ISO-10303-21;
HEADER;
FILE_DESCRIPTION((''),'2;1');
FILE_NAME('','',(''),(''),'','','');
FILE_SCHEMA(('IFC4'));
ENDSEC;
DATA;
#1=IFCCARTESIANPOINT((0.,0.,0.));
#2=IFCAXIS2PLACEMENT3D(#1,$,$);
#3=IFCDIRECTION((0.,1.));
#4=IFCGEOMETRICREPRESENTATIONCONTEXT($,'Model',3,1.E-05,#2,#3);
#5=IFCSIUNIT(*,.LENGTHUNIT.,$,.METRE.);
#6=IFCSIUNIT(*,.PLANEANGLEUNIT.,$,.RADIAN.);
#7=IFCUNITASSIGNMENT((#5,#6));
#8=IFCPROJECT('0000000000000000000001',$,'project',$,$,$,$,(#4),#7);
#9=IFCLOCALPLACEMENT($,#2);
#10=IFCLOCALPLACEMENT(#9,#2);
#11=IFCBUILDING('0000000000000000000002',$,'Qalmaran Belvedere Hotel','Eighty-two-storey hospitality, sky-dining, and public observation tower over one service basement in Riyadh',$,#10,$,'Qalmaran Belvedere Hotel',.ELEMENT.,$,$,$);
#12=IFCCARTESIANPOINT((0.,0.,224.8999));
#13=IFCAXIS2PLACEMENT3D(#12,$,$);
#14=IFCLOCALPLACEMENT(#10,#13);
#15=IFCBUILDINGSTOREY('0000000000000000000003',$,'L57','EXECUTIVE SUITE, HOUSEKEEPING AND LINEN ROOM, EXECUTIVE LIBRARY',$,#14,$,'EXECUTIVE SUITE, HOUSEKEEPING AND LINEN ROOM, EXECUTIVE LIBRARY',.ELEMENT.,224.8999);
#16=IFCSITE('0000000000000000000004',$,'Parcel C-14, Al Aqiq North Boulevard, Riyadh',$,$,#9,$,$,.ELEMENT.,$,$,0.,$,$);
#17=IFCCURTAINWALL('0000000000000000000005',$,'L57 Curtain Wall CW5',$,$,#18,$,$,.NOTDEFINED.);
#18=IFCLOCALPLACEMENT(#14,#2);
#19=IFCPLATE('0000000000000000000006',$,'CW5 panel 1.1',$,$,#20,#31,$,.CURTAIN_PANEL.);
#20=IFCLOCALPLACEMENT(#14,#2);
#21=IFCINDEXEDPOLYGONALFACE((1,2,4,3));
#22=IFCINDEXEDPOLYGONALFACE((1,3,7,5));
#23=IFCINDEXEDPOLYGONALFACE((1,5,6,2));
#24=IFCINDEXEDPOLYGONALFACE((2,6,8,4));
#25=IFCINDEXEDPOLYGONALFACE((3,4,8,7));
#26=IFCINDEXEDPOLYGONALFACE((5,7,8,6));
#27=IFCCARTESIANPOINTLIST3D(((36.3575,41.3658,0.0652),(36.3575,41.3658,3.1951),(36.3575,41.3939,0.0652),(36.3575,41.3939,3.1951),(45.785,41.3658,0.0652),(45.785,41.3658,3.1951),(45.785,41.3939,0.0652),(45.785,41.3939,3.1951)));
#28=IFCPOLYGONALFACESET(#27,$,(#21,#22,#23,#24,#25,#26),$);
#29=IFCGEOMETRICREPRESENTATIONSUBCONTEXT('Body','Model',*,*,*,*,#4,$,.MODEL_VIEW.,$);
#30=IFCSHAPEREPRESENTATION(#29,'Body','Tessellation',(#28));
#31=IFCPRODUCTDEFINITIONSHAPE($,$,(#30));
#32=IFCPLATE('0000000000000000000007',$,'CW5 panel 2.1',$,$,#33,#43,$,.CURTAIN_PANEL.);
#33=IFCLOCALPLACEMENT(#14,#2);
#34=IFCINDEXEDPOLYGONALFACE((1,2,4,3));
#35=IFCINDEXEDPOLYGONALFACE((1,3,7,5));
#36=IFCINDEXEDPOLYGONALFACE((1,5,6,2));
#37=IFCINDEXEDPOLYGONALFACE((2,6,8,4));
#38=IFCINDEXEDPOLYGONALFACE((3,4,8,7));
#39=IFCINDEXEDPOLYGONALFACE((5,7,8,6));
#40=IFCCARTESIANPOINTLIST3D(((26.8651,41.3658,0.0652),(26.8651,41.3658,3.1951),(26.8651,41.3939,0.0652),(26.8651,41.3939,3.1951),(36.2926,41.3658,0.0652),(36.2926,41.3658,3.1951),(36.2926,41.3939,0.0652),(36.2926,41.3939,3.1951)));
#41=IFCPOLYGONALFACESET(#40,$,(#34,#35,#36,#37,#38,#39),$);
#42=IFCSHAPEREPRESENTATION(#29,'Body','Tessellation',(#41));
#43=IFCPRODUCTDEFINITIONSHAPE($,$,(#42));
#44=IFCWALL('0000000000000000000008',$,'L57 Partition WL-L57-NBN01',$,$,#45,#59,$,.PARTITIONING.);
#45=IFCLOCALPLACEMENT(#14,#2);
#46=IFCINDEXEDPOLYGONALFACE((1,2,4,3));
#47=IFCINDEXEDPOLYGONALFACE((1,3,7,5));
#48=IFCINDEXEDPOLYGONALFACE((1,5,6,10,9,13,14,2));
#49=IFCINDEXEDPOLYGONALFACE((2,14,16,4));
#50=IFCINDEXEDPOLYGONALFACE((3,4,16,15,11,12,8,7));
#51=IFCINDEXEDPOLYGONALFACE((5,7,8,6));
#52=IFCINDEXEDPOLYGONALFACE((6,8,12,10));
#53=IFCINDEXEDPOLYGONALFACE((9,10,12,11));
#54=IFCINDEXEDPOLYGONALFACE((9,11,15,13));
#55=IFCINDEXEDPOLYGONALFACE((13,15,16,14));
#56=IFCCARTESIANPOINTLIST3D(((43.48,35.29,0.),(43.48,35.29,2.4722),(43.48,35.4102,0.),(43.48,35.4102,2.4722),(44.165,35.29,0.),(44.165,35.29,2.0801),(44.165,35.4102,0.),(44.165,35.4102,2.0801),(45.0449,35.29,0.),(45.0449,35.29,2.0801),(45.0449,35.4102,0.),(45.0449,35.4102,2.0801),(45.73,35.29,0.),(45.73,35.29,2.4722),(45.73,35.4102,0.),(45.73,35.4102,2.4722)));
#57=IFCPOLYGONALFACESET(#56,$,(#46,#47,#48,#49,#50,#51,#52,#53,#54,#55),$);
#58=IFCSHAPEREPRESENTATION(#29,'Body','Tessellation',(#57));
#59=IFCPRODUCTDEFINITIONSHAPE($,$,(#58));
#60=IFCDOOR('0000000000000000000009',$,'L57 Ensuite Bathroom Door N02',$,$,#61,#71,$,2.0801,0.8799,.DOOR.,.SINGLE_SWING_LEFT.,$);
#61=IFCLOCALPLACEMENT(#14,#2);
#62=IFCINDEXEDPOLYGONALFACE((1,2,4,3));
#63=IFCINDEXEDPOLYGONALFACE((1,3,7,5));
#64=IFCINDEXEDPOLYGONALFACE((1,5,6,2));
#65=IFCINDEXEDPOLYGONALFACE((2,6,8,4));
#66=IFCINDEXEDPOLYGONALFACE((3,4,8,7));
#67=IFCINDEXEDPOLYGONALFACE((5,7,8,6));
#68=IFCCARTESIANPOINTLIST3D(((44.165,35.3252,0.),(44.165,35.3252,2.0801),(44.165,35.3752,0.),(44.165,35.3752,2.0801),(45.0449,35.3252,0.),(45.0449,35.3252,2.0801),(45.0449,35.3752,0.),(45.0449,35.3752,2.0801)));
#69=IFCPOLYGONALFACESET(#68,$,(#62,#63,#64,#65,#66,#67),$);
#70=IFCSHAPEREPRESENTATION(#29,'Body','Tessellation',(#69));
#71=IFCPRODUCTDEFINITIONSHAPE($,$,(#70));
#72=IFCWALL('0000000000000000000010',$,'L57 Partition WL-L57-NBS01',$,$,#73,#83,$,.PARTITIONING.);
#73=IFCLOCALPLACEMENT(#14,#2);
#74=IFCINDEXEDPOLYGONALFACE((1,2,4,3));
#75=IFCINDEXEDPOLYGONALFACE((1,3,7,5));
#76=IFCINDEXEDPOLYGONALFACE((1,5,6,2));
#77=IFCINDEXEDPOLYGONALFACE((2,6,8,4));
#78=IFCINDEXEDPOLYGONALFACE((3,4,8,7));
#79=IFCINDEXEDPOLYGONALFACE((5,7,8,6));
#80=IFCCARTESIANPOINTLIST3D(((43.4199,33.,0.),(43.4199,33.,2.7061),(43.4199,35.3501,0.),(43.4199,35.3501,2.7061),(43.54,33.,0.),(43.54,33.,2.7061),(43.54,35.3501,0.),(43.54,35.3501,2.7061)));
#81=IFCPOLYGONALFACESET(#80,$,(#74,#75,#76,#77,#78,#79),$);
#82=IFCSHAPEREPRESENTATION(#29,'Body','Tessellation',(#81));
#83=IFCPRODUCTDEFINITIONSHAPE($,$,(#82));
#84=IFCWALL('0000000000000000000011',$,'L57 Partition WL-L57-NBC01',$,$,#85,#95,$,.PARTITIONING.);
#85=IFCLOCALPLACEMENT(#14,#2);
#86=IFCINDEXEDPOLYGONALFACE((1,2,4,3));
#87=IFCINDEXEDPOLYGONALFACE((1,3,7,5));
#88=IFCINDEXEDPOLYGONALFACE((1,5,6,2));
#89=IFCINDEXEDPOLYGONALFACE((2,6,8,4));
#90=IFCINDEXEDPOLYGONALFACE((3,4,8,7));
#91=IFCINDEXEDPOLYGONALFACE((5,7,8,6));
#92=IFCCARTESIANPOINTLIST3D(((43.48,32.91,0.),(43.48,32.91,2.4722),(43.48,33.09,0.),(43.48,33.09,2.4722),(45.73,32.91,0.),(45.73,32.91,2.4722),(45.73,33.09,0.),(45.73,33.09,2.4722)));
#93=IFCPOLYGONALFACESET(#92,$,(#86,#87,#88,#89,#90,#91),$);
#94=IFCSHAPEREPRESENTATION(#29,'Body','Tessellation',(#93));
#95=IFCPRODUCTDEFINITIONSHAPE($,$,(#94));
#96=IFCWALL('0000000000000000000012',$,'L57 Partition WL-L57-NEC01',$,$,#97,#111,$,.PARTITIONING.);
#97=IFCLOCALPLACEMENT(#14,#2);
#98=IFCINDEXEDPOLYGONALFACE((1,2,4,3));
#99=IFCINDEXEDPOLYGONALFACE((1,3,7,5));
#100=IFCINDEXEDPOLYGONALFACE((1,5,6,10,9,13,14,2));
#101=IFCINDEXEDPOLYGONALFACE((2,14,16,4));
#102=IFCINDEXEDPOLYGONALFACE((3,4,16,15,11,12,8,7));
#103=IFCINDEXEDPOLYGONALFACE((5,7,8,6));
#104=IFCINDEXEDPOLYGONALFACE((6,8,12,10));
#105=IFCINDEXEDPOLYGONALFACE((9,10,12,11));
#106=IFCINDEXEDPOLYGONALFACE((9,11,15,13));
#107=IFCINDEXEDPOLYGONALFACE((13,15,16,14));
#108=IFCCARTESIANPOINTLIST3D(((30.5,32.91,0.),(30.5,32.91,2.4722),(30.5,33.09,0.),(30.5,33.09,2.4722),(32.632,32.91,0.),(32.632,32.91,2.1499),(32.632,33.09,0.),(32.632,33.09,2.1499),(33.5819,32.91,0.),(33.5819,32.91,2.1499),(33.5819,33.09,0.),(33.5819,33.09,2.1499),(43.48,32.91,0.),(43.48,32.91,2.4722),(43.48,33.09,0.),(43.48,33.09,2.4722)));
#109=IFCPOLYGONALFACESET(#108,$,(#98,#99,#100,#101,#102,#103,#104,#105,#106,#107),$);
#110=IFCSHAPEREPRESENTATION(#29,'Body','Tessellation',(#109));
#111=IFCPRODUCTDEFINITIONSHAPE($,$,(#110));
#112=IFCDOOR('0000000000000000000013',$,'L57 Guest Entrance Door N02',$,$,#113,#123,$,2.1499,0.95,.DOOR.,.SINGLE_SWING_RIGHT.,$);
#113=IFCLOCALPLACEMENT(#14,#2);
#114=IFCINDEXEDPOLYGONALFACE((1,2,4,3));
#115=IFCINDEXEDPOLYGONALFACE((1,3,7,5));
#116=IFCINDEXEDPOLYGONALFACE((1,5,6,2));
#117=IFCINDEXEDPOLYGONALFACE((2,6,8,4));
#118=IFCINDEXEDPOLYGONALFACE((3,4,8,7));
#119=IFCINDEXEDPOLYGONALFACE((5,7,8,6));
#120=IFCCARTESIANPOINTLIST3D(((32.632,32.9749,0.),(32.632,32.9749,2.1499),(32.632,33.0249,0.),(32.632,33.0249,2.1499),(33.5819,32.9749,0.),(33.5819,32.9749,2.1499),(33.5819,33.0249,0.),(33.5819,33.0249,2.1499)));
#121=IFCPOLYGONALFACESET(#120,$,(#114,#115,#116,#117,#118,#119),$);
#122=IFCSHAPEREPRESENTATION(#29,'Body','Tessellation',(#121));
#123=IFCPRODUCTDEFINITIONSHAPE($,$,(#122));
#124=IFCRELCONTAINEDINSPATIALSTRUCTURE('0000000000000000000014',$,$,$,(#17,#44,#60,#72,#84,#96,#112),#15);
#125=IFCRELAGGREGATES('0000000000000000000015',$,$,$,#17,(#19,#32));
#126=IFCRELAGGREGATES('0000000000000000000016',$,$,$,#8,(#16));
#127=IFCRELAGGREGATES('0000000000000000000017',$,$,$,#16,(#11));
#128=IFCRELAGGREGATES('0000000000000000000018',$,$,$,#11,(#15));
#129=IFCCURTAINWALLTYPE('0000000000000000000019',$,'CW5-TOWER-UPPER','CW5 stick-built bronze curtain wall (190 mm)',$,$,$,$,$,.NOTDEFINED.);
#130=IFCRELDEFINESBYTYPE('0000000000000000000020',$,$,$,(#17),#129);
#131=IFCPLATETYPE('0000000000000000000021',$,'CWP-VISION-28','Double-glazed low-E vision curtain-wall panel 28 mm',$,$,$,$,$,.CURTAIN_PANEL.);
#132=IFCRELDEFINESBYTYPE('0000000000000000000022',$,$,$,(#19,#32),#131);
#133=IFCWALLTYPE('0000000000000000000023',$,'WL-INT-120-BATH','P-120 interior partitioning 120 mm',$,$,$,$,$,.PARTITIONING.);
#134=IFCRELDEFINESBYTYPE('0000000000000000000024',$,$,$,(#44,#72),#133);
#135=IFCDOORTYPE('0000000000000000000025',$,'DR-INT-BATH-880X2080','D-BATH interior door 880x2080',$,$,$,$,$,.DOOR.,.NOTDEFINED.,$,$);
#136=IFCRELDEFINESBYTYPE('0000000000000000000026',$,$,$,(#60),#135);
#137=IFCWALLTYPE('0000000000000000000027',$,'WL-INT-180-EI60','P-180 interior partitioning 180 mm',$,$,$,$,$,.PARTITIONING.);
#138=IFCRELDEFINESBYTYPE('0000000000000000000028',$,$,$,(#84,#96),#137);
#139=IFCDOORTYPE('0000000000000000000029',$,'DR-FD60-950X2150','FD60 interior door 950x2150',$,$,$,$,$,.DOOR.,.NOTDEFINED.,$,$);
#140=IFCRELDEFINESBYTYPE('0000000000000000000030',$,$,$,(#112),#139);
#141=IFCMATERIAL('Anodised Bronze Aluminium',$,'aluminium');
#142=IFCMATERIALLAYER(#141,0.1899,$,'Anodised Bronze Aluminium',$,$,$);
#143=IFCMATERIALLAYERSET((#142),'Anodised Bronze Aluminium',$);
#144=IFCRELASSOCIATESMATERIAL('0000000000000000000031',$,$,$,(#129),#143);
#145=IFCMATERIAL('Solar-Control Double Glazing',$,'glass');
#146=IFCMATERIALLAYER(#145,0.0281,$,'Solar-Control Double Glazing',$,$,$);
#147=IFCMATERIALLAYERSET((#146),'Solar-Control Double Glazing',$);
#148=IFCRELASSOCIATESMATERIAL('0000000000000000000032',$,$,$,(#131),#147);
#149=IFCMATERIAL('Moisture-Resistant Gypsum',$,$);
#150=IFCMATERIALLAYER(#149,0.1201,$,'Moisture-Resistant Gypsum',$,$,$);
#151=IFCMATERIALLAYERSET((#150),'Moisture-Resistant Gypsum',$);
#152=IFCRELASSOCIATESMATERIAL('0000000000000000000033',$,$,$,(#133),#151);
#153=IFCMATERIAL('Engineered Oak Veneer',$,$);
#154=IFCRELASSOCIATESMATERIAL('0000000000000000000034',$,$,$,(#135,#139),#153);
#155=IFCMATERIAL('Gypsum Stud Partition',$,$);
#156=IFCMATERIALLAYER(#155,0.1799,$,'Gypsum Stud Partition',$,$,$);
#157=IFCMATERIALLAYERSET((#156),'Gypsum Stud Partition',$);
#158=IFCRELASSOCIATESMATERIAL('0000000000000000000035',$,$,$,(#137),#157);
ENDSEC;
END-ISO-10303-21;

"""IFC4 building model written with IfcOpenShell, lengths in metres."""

from ifc_helpers import new_model, si_unit, direction, frame, frame_2d, origin, origin_2d, place, context, subcontext, project, spatial, rectangle, extrude, material, layer, layer_set, type_object, element, fill, aggregate, save


model = new_model("IFC4")

# Units and contexts
model_context = context("Model", 3, precision=1e-05, world=origin(), true_north=direction((0.0, 1.0)))
body_context = subcontext(model_context, "Body", "Model", "MODEL_VIEW")
ifc_project = project(units=[si_unit("LENGTHUNIT", "METRE"), si_unit("PLANEANGLEUNIT", "RADIAN")], contexts=[model_context])

# Site, building, storey
site_placement = place(None, origin())
site = spatial("IfcSite", under=ifc_project, at=site_placement, Name="Parcel C-14, Al Aqiq North Boulevard, Riyadh", CompositionType="ELEMENT", RefElevation=0.0)
building_placement = place(site_placement, origin())
building = spatial("IfcBuilding", under=site, at=building_placement, Name="Qalmaran Belvedere Hotel", Description="Eighty-two-storey hospitality, sky-dining, and public observation tower over one service basement in Riyadh", LongName="Qalmaran Belvedere Hotel", CompositionType="ELEMENT")
storey_placement = place(building_placement, frame((0.0, 0.0, 224.8999)))
storey = spatial("IfcBuildingStorey", under=building, at=storey_placement, Name="L57", Description="EXECUTIVE SUITE, HOUSEKEEPING AND LINEN ROOM, EXECUTIVE LIBRARY", LongName="EXECUTIVE SUITE, HOUSEKEEPING AND LINEN ROOM, EXECUTIVE LIBRARY", CompositionType="ELEMENT", Elevation=224.8999)

# Curtain wall, plates
ifc_material_1 = material(Name="Anodised Bronze Aluminium", Category="aluminium")
ifc_layer_1 = layer(ifc_material_1, 0.1899, Name="Anodised Bronze Aluminium")
ifc_layer_set_1 = layer_set([ifc_layer_1], Name="Anodised Bronze Aluminium")
curtain_wall_type = type_object("IfcCurtainWallType", Name="CW5-TOWER-UPPER", Description="CW5 stick-built bronze curtain wall (190 mm)", PredefinedType="NOTDEFINED", material=ifc_layer_set_1)
curtain_wall_placement = place(storey_placement, origin())
curtain_wall = element("IfcCurtainWall", 1, at=curtain_wall_placement, inside=storey, type_object=curtain_wall_type, Name="L57 Curtain Wall CW5", PredefinedType="NOTDEFINED")
ifc_material_2 = material(Name="Solar-Control Double Glazing", Category="glass")
ifc_layer_2 = layer(ifc_material_2, 0.0281, Name="Solar-Control Double Glazing")
ifc_layer_set_2 = layer_set([ifc_layer_2], Name="Solar-Control Double Glazing")
plate_type = type_object("IfcPlateType", Name="CWP-VISION-28", Description="Double-glazed low-E vision curtain-wall panel 28 mm", PredefinedType="CURTAIN_PANEL", material=ifc_layer_set_2)
plate_1_placement = place(storey_placement, frame((41.0713, 41.3799, 0.0652), z_axis=(0.0, 0.0, 1.0), x_axis=(-1.0, 0.0, 0.0)))
plate_1 = element("IfcPlate", 2, at=plate_1_placement, type_object=plate_type, Name="CW5 panel 1.1", PredefinedType="CURTAIN_PANEL", context=body_context, shape_type="SweptSolid", body=[
    extrude(rectangle(XDim=9.4275, YDim=0.0281, at=origin_2d()), origin(), (0.0, 0.0, 1.0), 3.1299),
])
plate_2_placement = place(storey_placement, frame((31.5789, 41.3799, 0.0652), z_axis=(0.0, 0.0, 1.0), x_axis=(-1.0, 0.0, 0.0)))
plate_2 = element("IfcPlate", 3, at=plate_2_placement, type_object=plate_type, Name="CW5 panel 2.1", PredefinedType="CURTAIN_PANEL", context=body_context, shape_type="SweptSolid", body=[
    extrude(rectangle(XDim=9.4275, YDim=0.0281, at=origin_2d()), origin(), (0.0, 0.0, 1.0), 3.1299),
])
aggregate(curtain_wall, [plate_1, plate_2])

# Wall, opening, door
ifc_material_3 = material(Name="Moisture-Resistant Gypsum")
ifc_layer_3 = layer(ifc_material_3, 0.1201, Name="Moisture-Resistant Gypsum")
ifc_layer_set_3 = layer_set([ifc_layer_3], Name="Moisture-Resistant Gypsum")
wall_type_1 = type_object("IfcWallType", Name="WL-INT-120-BATH", Description="P-120 interior partitioning 120 mm", PredefinedType="PARTITIONING", material=ifc_layer_set_3)
wall_1_placement = place(storey_placement, frame((43.48, 35.3501, 0.0), z_axis=(0.0, 0.0, 1.0), x_axis=(1.0, 0.0, 0.0)))
wall_1 = element("IfcWall", 4, at=wall_1_placement, inside=storey, type_object=wall_type_1, Name="L57 Partition WL-L57-NBN01", PredefinedType="PARTITIONING", context=body_context, shape_type="SweptSolid", body=[
    extrude(rectangle(XDim=2.25, YDim=0.1201, at=frame_2d((1.125, 0.0))), origin(), (0.0, 0.0, 1.0), 2.4722),
])
opening_1_placement = place(wall_1_placement, frame((1.5649, 0.0, 0.0), z_axis=(0.0, 0.0, 1.0), x_axis=(-1.0, 0.0, 0.0)))
opening_1 = element("IfcOpeningElement", 5, at=opening_1_placement, cuts=wall_1, PredefinedType="OPENING", context=body_context, shape_type="SweptSolid", body=[
    extrude(rectangle(XDim=0.8799, YDim=2.0801, at=frame_2d((0.4399, 1.04))), frame((0.0, 0.0701, 0.0), z_axis=(0.0, -1.0, 0.0), x_axis=(1.0, 0.0, 0.0)), (0.0, 0.0, 1.0), 0.1401),
])
ifc_material_4 = material(Name="Engineered Oak Veneer")
door_type_1 = type_object("IfcDoorType", Name="DR-INT-BATH-880X2080", Description="D-BATH interior door 880x2080", OperationType="NOTDEFINED", PredefinedType="DOOR", material=ifc_material_4)
door_1_placement = place(opening_1_placement, origin())
door_1 = element("IfcDoor", 6, at=door_1_placement, inside=storey, type_object=door_type_1, Name="L57 Ensuite Bathroom Door N02", OperationType="SINGLE_SWING_LEFT", OverallHeight=2.0801, OverallWidth=0.8799, PredefinedType="DOOR", context=body_context, shape_type="SweptSolid", body=[
    extrude(rectangle(XDim=0.8799, YDim=2.0801, at=frame_2d((0.4399, 1.04))), frame((0.0, 0.0249, 0.0), z_axis=(0.0, -1.0, 0.0), x_axis=(1.0, 0.0, 0.0)), (0.0, 0.0, 1.0), 0.05),
])
fill(opening_1, door_1)

# Walls
wall_2_placement = place(storey_placement, frame((43.48, 33.0, 0.0), z_axis=(0.0, 0.0, 1.0), x_axis=(0.0, 1.0, 0.0)))
element("IfcWall", 7, at=wall_2_placement, inside=storey, type_object=wall_type_1, Name="L57 Partition WL-L57-NBS01", PredefinedType="PARTITIONING", context=body_context, shape_type="SweptSolid", body=[
    extrude(rectangle(XDim=2.3501, YDim=0.1201, at=frame_2d((1.175, 0.0))), origin(), (0.0, 0.0, 1.0), 2.7061),
])
ifc_material_5 = material(Name="Gypsum Stud Partition")
ifc_layer_4 = layer(ifc_material_5, 0.1799, Name="Gypsum Stud Partition")
ifc_layer_set_4 = layer_set([ifc_layer_4], Name="Gypsum Stud Partition")
wall_type_2 = type_object("IfcWallType", Name="WL-INT-180-EI60", Description="P-180 interior partitioning 180 mm", PredefinedType="PARTITIONING", material=ifc_layer_set_4)
wall_3_placement = place(storey_placement, frame((43.48, 33.0, 0.0), z_axis=(0.0, 0.0, 1.0), x_axis=(1.0, 0.0, 0.0)))
element("IfcWall", 8, at=wall_3_placement, inside=storey, type_object=wall_type_2, Name="L57 Partition WL-L57-NBC01", PredefinedType="PARTITIONING", context=body_context, shape_type="SweptSolid", body=[
    extrude(rectangle(XDim=2.25, YDim=0.1799, at=frame_2d((1.125, 0.0))), origin(), (0.0, 0.0, 1.0), 2.4722),
])

# Wall, opening, door
wall_4_placement = place(storey_placement, frame((30.5, 33.0, 0.0), z_axis=(0.0, 0.0, 1.0), x_axis=(1.0, 0.0, 0.0)))
wall_4 = element("IfcWall", 9, at=wall_4_placement, inside=storey, type_object=wall_type_2, Name="L57 Partition WL-L57-NEC01", PredefinedType="PARTITIONING", context=body_context, shape_type="SweptSolid", body=[
    extrude(rectangle(XDim=12.98, YDim=0.1799, at=frame_2d((6.49, 0.0))), origin(), (0.0, 0.0, 1.0), 2.4722),
])
opening_2_placement = place(wall_4_placement, frame((2.1318, 0.0, 0.0)))
opening_2 = element("IfcOpeningElement", 10, at=opening_2_placement, cuts=wall_4, PredefinedType="OPENING", context=body_context, shape_type="SweptSolid", body=[
    extrude(rectangle(XDim=0.95, YDim=2.1499, at=frame_2d((0.4751, 1.075))), frame((0.0, 0.1001, 0.0), z_axis=(0.0, -1.0, 0.0), x_axis=(1.0, 0.0, 0.0)), (0.0, 0.0, 1.0), 0.2),
])
door_type_2 = type_object("IfcDoorType", Name="DR-FD60-950X2150", Description="FD60 interior door 950x2150", OperationType="NOTDEFINED", PredefinedType="DOOR", material=ifc_material_4)
door_2_placement = place(opening_2_placement, origin())
door_2 = element("IfcDoor", 11, at=door_2_placement, inside=storey, type_object=door_type_2, Name="L57 Guest Entrance Door N02", OperationType="SINGLE_SWING_RIGHT", OverallHeight=2.1499, OverallWidth=0.95, PredefinedType="DOOR", context=body_context, shape_type="SweptSolid", body=[
    extrude(rectangle(XDim=0.95, YDim=2.1499, at=frame_2d((0.4751, 1.075))), frame((0.0, 0.0249, 0.0), z_axis=(0.0, -1.0, 0.0), x_axis=(1.0, 0.0, 0.0)), (0.0, 0.0, 1.0), 0.05),
])
fill(opening_2, door_2)

save(model, "model.ifc")
